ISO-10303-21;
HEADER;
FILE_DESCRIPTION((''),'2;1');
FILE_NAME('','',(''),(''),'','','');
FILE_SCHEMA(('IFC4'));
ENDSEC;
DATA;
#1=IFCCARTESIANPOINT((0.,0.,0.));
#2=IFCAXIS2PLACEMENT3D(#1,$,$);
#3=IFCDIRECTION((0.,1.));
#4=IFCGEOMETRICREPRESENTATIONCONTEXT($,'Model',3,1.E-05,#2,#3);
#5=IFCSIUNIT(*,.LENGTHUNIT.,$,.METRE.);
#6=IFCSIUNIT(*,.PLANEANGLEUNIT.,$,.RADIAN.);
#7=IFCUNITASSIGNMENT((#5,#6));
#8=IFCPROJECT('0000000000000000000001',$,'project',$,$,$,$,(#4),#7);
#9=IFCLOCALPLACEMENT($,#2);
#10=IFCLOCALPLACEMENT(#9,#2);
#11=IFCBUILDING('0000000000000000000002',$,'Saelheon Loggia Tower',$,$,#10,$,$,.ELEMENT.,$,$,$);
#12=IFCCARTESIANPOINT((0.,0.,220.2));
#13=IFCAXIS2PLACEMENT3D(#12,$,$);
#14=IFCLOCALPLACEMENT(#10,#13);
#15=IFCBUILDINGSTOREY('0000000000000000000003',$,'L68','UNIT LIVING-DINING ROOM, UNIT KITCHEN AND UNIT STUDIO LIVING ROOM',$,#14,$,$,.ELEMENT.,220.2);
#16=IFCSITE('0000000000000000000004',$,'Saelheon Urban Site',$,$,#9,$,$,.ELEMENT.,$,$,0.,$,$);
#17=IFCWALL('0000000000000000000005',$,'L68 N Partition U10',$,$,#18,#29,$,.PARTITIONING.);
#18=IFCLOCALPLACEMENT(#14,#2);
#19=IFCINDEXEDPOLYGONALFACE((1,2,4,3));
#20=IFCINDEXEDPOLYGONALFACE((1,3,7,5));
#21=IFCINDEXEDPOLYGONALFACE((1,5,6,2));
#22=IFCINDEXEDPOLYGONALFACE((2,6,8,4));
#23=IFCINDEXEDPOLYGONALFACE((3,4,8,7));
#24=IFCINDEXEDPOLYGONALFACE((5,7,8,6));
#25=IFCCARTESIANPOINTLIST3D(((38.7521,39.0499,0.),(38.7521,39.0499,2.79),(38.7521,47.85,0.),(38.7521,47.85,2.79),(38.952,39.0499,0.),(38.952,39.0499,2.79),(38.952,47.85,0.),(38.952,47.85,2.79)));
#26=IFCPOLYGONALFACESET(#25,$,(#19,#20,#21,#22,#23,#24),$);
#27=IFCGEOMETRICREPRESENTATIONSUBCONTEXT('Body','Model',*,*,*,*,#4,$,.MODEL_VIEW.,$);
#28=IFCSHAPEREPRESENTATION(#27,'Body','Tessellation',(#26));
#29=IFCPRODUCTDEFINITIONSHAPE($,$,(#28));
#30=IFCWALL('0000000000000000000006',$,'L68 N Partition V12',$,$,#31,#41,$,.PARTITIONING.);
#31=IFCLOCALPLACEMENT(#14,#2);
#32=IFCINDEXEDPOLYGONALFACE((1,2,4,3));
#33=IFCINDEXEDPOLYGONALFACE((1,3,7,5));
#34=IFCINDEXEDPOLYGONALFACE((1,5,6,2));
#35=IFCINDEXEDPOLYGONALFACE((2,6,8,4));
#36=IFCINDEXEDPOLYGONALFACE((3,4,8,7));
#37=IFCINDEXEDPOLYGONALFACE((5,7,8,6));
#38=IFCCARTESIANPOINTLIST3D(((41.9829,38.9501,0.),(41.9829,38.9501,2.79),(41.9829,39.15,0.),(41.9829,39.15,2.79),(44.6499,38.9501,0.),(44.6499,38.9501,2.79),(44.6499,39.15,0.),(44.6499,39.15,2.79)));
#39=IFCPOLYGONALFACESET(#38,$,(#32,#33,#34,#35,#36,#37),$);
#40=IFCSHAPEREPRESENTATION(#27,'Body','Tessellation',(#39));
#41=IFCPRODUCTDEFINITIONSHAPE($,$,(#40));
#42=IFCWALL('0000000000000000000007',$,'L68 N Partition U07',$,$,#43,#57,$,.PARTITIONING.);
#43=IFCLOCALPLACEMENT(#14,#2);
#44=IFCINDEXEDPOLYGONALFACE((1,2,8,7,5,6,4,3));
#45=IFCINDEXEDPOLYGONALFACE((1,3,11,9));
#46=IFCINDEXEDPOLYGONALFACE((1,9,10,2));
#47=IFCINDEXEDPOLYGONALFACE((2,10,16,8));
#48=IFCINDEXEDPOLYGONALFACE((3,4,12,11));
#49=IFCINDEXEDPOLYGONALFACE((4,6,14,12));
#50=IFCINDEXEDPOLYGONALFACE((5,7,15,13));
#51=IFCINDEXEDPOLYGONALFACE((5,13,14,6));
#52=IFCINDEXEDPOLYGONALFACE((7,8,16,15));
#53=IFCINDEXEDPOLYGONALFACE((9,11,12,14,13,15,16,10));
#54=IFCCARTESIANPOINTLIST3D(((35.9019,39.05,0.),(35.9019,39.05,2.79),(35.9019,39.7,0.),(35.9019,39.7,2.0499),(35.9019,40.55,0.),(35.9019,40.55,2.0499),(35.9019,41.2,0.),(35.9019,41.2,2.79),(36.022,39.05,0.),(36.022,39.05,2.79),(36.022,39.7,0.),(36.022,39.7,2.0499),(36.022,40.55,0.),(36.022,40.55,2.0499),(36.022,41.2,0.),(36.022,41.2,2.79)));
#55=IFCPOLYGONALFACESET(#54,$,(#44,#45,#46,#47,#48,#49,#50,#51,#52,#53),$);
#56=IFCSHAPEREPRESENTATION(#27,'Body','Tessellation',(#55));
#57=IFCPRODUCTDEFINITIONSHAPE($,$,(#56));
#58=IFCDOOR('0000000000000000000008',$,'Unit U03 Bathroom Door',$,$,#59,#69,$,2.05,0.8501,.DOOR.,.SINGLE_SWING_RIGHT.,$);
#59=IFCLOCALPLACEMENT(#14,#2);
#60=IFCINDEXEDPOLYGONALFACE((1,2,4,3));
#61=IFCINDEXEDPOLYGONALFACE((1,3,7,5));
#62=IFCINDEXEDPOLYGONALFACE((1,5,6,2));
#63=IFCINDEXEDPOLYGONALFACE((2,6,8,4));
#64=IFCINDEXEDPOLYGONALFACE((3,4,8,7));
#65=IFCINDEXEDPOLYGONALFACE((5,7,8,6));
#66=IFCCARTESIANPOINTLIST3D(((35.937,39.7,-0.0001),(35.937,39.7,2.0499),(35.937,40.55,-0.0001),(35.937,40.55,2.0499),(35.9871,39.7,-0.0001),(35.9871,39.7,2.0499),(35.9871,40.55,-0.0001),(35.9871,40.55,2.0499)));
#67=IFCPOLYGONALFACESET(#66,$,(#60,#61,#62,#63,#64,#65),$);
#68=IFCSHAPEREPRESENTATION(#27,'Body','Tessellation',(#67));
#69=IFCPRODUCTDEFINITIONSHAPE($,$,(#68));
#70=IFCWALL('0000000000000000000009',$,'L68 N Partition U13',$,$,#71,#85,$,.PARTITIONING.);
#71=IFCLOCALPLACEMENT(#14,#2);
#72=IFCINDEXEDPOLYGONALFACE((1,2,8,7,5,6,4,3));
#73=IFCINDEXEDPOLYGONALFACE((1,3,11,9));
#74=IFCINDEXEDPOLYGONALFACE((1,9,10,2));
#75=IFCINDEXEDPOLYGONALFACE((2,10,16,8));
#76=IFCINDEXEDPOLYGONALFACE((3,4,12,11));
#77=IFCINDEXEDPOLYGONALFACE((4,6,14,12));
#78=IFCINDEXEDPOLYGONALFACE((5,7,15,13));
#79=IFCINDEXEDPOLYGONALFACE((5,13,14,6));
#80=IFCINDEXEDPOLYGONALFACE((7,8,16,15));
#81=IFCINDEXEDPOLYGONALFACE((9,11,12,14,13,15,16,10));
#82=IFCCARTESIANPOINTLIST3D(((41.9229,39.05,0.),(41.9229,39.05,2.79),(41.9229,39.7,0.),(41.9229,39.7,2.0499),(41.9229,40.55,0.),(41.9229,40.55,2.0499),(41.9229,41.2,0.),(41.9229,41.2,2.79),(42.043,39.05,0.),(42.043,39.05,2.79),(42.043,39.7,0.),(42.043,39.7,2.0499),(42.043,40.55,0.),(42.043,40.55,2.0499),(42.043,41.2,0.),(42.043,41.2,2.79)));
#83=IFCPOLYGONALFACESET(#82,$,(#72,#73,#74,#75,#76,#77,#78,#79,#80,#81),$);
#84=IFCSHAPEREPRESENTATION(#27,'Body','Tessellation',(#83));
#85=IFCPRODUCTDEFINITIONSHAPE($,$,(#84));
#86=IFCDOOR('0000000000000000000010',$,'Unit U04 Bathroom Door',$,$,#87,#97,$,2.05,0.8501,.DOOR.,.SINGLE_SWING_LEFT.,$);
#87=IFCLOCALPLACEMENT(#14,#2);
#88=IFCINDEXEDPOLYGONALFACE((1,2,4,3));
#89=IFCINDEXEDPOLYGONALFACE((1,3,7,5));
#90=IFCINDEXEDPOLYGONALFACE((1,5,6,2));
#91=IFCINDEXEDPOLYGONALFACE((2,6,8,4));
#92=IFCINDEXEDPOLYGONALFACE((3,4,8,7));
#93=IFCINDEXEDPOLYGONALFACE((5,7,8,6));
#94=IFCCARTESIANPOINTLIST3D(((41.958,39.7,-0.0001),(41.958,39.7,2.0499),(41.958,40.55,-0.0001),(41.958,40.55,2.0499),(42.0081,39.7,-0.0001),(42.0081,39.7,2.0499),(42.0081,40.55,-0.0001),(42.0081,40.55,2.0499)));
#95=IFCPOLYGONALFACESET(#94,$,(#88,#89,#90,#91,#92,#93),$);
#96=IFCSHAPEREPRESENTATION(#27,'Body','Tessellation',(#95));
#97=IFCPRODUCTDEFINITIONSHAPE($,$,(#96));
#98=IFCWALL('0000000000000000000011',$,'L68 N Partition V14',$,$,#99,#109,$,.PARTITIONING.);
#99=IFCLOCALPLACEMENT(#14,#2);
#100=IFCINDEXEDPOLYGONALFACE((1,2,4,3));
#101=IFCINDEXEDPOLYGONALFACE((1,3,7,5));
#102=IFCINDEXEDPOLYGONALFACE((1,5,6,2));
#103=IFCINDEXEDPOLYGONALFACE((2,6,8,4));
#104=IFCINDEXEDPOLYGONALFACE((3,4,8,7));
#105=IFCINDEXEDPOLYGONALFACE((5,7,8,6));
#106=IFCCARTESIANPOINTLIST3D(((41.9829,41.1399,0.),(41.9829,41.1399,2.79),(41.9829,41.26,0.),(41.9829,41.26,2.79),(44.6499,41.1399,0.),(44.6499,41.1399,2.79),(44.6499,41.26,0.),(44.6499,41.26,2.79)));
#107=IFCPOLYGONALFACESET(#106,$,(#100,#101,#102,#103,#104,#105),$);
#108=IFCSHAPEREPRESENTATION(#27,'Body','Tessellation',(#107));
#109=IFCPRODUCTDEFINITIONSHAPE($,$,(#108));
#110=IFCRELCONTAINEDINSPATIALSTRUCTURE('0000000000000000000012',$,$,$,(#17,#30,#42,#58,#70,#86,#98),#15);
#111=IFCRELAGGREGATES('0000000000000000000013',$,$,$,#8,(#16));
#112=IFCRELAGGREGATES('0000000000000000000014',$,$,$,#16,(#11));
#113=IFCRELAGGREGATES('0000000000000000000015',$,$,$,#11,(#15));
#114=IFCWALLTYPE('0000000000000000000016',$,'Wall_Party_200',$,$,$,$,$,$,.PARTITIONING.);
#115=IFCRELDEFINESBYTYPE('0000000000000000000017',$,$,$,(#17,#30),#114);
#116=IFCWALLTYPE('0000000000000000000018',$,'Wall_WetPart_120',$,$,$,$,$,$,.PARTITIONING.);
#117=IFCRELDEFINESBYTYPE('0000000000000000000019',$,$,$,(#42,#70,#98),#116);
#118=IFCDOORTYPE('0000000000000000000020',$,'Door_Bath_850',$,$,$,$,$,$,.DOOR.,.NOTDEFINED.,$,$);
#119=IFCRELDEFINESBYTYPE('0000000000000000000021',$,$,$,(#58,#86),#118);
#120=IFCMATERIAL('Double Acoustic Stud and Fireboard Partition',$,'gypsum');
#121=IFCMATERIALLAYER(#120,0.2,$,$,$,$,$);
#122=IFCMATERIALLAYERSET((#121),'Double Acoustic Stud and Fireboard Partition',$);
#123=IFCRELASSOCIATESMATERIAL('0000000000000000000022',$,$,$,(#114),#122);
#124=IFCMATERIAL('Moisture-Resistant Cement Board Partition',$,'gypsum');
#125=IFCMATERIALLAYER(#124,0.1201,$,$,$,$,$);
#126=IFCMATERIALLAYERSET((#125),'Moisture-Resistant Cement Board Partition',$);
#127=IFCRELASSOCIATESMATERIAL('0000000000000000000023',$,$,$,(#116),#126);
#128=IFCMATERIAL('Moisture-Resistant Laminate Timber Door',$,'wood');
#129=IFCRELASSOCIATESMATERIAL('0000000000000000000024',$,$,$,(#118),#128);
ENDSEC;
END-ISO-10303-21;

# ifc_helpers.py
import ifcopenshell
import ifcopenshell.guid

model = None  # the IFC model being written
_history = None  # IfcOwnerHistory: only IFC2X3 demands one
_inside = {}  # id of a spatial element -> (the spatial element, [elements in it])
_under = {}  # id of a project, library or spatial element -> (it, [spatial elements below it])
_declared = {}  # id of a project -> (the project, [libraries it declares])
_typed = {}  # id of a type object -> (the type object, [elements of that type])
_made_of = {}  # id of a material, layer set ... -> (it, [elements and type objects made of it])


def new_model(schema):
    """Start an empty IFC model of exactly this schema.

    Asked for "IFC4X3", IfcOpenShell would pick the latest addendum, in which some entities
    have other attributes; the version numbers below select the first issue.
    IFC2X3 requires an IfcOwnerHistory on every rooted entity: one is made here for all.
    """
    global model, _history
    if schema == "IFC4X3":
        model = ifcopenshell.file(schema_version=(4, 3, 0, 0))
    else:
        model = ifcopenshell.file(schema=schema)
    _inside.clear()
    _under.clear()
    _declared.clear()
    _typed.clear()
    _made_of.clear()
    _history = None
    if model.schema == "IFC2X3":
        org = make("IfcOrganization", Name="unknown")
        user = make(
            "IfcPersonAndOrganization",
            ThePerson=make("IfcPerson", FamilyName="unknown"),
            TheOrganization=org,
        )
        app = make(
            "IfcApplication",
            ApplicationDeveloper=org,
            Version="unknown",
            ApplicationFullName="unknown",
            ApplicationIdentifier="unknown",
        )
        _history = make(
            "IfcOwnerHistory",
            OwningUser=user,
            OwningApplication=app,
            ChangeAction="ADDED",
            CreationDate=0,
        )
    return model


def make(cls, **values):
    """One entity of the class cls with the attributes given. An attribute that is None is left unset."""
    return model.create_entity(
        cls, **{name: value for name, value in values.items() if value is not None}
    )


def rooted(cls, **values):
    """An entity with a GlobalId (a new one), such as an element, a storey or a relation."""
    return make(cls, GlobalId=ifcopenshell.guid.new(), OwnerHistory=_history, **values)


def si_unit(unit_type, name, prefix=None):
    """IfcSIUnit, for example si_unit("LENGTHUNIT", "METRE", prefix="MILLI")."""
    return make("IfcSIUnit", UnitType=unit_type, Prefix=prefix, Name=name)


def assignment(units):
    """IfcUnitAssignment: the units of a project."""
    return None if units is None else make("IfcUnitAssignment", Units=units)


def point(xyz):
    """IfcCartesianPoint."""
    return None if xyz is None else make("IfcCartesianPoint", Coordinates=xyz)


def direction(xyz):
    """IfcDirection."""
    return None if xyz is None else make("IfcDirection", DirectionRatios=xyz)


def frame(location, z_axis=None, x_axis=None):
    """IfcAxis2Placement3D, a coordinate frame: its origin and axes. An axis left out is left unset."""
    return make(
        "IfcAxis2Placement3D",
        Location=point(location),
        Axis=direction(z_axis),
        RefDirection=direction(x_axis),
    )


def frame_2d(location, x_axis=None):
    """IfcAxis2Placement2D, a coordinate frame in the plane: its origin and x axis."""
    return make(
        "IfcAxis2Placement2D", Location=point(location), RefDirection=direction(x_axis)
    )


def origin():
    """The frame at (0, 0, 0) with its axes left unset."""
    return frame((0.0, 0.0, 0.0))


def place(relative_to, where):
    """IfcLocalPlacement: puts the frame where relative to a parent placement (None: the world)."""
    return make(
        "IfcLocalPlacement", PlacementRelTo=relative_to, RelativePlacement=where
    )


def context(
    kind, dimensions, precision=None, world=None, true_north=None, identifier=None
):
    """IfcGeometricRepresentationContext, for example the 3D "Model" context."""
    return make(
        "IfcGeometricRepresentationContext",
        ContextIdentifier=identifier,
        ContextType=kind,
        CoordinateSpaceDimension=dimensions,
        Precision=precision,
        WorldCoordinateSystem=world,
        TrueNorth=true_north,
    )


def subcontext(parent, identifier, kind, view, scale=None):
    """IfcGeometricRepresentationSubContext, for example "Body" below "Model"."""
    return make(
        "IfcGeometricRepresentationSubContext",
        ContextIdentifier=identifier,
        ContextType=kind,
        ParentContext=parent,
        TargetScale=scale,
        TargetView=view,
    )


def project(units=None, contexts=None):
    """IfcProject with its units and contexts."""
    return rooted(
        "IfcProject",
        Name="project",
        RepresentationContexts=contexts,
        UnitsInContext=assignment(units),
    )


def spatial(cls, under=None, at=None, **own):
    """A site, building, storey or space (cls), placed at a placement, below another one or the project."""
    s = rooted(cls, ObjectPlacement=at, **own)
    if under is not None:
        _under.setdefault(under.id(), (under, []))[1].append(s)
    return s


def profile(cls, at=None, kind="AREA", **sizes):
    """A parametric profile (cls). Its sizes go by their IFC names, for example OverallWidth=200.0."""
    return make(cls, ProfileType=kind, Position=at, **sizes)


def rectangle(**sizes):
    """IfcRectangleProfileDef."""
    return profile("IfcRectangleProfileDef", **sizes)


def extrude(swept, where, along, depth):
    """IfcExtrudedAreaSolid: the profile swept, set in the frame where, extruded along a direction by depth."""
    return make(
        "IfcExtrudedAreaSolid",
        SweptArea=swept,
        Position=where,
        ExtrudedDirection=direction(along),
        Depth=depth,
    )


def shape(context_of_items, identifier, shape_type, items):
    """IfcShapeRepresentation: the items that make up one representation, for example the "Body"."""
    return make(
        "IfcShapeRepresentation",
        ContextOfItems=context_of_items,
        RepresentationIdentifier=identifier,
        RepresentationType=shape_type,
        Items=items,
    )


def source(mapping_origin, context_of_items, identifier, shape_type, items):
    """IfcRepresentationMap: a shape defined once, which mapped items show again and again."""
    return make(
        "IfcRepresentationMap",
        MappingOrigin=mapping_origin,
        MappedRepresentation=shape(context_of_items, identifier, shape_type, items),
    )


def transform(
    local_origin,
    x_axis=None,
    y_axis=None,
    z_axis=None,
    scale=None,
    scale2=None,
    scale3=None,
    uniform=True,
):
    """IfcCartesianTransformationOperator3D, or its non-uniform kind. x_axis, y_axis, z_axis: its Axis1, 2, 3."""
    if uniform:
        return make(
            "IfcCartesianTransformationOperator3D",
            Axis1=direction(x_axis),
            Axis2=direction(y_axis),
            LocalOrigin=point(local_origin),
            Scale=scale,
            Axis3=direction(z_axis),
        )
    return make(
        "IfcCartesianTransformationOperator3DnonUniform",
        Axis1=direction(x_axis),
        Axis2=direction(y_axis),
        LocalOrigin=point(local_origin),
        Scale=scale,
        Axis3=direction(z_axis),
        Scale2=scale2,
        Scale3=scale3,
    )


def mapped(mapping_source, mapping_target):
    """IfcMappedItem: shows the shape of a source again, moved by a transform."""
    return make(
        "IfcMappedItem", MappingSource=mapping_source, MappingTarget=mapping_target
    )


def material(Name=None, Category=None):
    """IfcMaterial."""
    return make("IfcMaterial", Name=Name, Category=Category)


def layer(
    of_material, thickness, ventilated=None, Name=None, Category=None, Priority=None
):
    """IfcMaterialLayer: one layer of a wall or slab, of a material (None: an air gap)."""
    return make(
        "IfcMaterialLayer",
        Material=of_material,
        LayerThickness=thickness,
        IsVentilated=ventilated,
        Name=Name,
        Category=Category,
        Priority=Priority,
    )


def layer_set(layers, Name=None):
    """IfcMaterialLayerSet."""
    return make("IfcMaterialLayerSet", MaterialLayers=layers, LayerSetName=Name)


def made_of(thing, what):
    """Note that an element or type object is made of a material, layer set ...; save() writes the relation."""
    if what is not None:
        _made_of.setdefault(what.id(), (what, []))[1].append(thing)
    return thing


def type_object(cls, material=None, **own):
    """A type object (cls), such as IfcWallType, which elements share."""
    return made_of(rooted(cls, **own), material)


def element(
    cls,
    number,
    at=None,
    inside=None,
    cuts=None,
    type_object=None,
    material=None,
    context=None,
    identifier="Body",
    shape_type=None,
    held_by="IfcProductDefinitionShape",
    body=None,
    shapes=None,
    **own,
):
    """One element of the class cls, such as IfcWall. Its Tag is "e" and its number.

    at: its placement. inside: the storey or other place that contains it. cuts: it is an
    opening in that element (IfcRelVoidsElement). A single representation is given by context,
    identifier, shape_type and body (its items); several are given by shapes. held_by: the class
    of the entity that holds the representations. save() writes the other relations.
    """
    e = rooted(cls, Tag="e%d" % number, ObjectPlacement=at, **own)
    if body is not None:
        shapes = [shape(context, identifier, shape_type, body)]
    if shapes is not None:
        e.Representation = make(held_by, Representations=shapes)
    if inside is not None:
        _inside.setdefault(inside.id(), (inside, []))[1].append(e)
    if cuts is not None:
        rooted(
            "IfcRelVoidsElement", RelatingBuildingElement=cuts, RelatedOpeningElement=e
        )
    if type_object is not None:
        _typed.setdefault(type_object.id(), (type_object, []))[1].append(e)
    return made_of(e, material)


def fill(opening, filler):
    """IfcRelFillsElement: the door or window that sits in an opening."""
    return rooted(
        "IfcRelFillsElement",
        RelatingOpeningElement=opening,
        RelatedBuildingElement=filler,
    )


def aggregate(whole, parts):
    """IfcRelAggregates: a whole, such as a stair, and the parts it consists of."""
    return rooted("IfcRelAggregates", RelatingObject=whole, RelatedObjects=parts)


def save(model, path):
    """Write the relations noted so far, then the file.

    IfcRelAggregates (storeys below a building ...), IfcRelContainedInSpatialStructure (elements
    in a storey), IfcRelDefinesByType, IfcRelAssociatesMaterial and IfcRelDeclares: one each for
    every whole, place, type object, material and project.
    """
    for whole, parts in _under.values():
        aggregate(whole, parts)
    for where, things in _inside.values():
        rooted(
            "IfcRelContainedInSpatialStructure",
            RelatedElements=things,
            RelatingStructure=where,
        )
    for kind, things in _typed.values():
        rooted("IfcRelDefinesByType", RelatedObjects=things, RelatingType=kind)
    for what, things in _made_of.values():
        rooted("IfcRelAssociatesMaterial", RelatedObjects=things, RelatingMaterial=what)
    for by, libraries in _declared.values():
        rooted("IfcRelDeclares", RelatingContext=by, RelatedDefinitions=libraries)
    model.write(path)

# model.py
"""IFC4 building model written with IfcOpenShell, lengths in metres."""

from ifc_helpers import new_model, si_unit, direction, frame, frame_2d, origin, place, context, subcontext, project, spatial, rectangle, extrude, source, transform, mapped, material, layer, layer_set, type_object, element, fill, save


model = new_model("IFC4")

# Units and contexts
model_context = context("Model", 3, precision=1e-05, world=origin(), true_north=direction((0.0, 1.0)))
body_context = subcontext(model_context, "Body", "Model", "MODEL_VIEW")
ifc_project = project(units=[si_unit("LENGTHUNIT", "METRE"), si_unit("PLANEANGLEUNIT", "RADIAN")], contexts=[model_context])

# Site, building, storey
site_placement = place(None, origin())
site = spatial("IfcSite", under=ifc_project, at=site_placement, Name="Saelheon Urban Site", CompositionType="ELEMENT", RefElevation=0.0)
building_placement = place(site_placement, origin())
building = spatial("IfcBuilding", under=site, at=building_placement, Name="Saelheon Loggia Tower", CompositionType="ELEMENT")
storey_placement = place(building_placement, frame((0.0, 0.0, 220.2)))
storey = spatial("IfcBuildingStorey", under=building, at=storey_placement, Name="L68", Description="UNIT LIVING-DINING ROOM, UNIT KITCHEN AND UNIT STUDIO LIVING ROOM", CompositionType="ELEMENT", Elevation=220.2)

# Shared definitions
ifc_material_1 = material(Name="Double Acoustic Stud and Fireboard Partition", Category="gypsum")
ifc_layer_1 = layer(ifc_material_1, 0.2)
ifc_layer_set_1 = layer_set([ifc_layer_1], Name="Double Acoustic Stud and Fireboard Partition")
wall_type_1 = type_object("IfcWallType", Name="Wall_Party_200", PredefinedType="PARTITIONING", material=ifc_layer_set_1)

# Wall
wall_1_placement = place(storey_placement, frame((38.8521, 39.05, 0.0), z_axis=(0.0, 0.0, 1.0), x_axis=(0.0, 1.0, 0.0)))
element("IfcWall", 1, at=wall_1_placement, inside=storey, type_object=wall_type_1, Name="L68 N Partition U10", PredefinedType="PARTITIONING", context=body_context, shape_type="SweptSolid", body=[
    extrude(rectangle(XDim=8.8, YDim=0.2, at=frame_2d((4.3999, 0.0))), origin(), (0.0, 0.0, 1.0), 2.79),
])

# Wall
wall_2_placement = place(storey_placement, frame((41.9829, 39.05, 0.0), z_axis=(0.0, 0.0, 1.0), x_axis=(1.0, 0.0, 0.0)))
element("IfcWall", 2, at=wall_2_placement, inside=storey, type_object=wall_type_1, Name="L68 N Partition V12", PredefinedType="PARTITIONING", context=body_context, shape_type="SweptSolid", body=[
    extrude(rectangle(XDim=2.667, YDim=0.2, at=frame_2d((1.3335, 0.0))), origin(), (0.0, 0.0, 1.0), 2.79),
])

# Walls, openings, doors
ifc_material_2 = material(Name="Moisture-Resistant Cement Board Partition", Category="gypsum")
ifc_layer_2 = layer(ifc_material_2, 0.1201)
ifc_layer_set_2 = layer_set([ifc_layer_2], Name="Moisture-Resistant Cement Board Partition")
wall_type_2 = type_object("IfcWallType", Name="Wall_WetPart_120", PredefinedType="PARTITIONING", material=ifc_layer_set_2)
wall_3_placement = place(storey_placement, frame((35.9619, 39.05, 0.0), z_axis=(0.0, 0.0, 1.0), x_axis=(0.0, 1.0, 0.0)))
wall_3 = element("IfcWall", 3, at=wall_3_placement, inside=storey, type_object=wall_type_2, Name="L68 N Partition U07", PredefinedType="PARTITIONING", context=body_context, shape_type="SweptSolid", body=[
    extrude(rectangle(XDim=2.1499, YDim=0.1201, at=frame_2d((1.075, 0.0))), origin(), (0.0, 0.0, 1.0), 2.79),
])
opening_1_placement = place(wall_3_placement, frame((0.6499, 0.0, 0.0)))
opening_1 = element("IfcOpeningElement", 4, at=opening_1_placement, cuts=wall_3, PredefinedType="OPENING", context=body_context, shape_type="SweptSolid", body=[
    extrude(rectangle(XDim=0.8501, YDim=2.05, at=frame_2d((0.425, 1.0249))), frame((0.0, 0.072, 0.0), z_axis=(0.0, -1.0, 0.0), x_axis=(1.0, 0.0, 0.0)), (0.0, 0.0, 1.0), 0.144),
])
ifc_material_3 = material(Name="Moisture-Resistant Laminate Timber Door", Category="wood")
door_type_1 = type_object("IfcDoorType", Name="Door_Bath_850", OperationType="NOTDEFINED", PredefinedType="DOOR", material=ifc_material_3)
shared_shape_1 = source(origin(), body_context, "Body", "SweptSolid", [
    extrude(rectangle(XDim=0.8501, YDim=2.05, at=frame_2d((0.425, 1.0249))), frame((0.0, 0.0249, 0.0), z_axis=(0.0, -1.0, 0.0), x_axis=(1.0, 0.0, 0.0)), (0.0, 0.0, 1.0), 0.05),
])
door_1_placement = place(opening_1_placement, origin())
door_1 = element("IfcDoor", 5, at=door_1_placement, inside=storey, type_object=door_type_1, Name="Unit U03 Bathroom Door", OperationType="SINGLE_SWING_RIGHT", OverallHeight=2.05, OverallWidth=0.8501, PredefinedType="DOOR", context=body_context, shape_type="MappedRepresentation", body=[
    mapped(shared_shape_1, transform((0.0, 0.0, 0.0), scale=1.0)),
])
fill(opening_1, door_1)
wall_4_placement = place(storey_placement, frame((41.9829, 39.05, 0.0), z_axis=(0.0, 0.0, 1.0), x_axis=(0.0, 1.0, 0.0)))
wall_4 = element("IfcWall", 6, at=wall_4_placement, inside=storey, type_object=wall_type_2, Name="L68 N Partition U13", PredefinedType="PARTITIONING", context=body_context, shape_type="SweptSolid", body=[
    extrude(rectangle(XDim=2.1499, YDim=0.1201, at=frame_2d((1.075, 0.0))), origin(), (0.0, 0.0, 1.0), 2.79),
])
opening_2_placement = place(wall_4_placement, frame((0.6499, 0.0, 0.0)))
opening_2 = element("IfcOpeningElement", 7, at=opening_2_placement, cuts=wall_4, PredefinedType="OPENING", context=body_context, shape_type="SweptSolid", body=[
    extrude(rectangle(XDim=0.8501, YDim=2.05, at=frame_2d((0.425, 1.0249))), frame((0.0, 0.072, 0.0), z_axis=(0.0, -1.0, 0.0), x_axis=(1.0, 0.0, 0.0)), (0.0, 0.0, 1.0), 0.144),
])
door_2_placement = place(opening_2_placement, origin())
door_2 = element("IfcDoor", 8, at=door_2_placement, inside=storey, type_object=door_type_1, Name="Unit U04 Bathroom Door", OperationType="SINGLE_SWING_LEFT", OverallHeight=2.05, OverallWidth=0.8501, PredefinedType="DOOR", context=body_context, shape_type="MappedRepresentation", body=[
    mapped(shared_shape_1, transform((0.0, 0.0, 0.0), scale=1.0)),
])
fill(opening_2, door_2)

# Wall
wall_5_placement = place(storey_placement, frame((41.9829, 41.2, 0.0), z_axis=(0.0, 0.0, 1.0), x_axis=(1.0, 0.0, 0.0)))
element("IfcWall", 9, at=wall_5_placement, inside=storey, type_object=wall_type_2, Name="L68 N Partition V14", PredefinedType="PARTITIONING", context=body_context, shape_type="SweptSolid", body=[
    extrude(rectangle(XDim=2.667, YDim=0.1201, at=frame_2d((1.3335, 0.0))), origin(), (0.0, 0.0, 1.0), 2.79),
])

save(model, "model.ifc")
